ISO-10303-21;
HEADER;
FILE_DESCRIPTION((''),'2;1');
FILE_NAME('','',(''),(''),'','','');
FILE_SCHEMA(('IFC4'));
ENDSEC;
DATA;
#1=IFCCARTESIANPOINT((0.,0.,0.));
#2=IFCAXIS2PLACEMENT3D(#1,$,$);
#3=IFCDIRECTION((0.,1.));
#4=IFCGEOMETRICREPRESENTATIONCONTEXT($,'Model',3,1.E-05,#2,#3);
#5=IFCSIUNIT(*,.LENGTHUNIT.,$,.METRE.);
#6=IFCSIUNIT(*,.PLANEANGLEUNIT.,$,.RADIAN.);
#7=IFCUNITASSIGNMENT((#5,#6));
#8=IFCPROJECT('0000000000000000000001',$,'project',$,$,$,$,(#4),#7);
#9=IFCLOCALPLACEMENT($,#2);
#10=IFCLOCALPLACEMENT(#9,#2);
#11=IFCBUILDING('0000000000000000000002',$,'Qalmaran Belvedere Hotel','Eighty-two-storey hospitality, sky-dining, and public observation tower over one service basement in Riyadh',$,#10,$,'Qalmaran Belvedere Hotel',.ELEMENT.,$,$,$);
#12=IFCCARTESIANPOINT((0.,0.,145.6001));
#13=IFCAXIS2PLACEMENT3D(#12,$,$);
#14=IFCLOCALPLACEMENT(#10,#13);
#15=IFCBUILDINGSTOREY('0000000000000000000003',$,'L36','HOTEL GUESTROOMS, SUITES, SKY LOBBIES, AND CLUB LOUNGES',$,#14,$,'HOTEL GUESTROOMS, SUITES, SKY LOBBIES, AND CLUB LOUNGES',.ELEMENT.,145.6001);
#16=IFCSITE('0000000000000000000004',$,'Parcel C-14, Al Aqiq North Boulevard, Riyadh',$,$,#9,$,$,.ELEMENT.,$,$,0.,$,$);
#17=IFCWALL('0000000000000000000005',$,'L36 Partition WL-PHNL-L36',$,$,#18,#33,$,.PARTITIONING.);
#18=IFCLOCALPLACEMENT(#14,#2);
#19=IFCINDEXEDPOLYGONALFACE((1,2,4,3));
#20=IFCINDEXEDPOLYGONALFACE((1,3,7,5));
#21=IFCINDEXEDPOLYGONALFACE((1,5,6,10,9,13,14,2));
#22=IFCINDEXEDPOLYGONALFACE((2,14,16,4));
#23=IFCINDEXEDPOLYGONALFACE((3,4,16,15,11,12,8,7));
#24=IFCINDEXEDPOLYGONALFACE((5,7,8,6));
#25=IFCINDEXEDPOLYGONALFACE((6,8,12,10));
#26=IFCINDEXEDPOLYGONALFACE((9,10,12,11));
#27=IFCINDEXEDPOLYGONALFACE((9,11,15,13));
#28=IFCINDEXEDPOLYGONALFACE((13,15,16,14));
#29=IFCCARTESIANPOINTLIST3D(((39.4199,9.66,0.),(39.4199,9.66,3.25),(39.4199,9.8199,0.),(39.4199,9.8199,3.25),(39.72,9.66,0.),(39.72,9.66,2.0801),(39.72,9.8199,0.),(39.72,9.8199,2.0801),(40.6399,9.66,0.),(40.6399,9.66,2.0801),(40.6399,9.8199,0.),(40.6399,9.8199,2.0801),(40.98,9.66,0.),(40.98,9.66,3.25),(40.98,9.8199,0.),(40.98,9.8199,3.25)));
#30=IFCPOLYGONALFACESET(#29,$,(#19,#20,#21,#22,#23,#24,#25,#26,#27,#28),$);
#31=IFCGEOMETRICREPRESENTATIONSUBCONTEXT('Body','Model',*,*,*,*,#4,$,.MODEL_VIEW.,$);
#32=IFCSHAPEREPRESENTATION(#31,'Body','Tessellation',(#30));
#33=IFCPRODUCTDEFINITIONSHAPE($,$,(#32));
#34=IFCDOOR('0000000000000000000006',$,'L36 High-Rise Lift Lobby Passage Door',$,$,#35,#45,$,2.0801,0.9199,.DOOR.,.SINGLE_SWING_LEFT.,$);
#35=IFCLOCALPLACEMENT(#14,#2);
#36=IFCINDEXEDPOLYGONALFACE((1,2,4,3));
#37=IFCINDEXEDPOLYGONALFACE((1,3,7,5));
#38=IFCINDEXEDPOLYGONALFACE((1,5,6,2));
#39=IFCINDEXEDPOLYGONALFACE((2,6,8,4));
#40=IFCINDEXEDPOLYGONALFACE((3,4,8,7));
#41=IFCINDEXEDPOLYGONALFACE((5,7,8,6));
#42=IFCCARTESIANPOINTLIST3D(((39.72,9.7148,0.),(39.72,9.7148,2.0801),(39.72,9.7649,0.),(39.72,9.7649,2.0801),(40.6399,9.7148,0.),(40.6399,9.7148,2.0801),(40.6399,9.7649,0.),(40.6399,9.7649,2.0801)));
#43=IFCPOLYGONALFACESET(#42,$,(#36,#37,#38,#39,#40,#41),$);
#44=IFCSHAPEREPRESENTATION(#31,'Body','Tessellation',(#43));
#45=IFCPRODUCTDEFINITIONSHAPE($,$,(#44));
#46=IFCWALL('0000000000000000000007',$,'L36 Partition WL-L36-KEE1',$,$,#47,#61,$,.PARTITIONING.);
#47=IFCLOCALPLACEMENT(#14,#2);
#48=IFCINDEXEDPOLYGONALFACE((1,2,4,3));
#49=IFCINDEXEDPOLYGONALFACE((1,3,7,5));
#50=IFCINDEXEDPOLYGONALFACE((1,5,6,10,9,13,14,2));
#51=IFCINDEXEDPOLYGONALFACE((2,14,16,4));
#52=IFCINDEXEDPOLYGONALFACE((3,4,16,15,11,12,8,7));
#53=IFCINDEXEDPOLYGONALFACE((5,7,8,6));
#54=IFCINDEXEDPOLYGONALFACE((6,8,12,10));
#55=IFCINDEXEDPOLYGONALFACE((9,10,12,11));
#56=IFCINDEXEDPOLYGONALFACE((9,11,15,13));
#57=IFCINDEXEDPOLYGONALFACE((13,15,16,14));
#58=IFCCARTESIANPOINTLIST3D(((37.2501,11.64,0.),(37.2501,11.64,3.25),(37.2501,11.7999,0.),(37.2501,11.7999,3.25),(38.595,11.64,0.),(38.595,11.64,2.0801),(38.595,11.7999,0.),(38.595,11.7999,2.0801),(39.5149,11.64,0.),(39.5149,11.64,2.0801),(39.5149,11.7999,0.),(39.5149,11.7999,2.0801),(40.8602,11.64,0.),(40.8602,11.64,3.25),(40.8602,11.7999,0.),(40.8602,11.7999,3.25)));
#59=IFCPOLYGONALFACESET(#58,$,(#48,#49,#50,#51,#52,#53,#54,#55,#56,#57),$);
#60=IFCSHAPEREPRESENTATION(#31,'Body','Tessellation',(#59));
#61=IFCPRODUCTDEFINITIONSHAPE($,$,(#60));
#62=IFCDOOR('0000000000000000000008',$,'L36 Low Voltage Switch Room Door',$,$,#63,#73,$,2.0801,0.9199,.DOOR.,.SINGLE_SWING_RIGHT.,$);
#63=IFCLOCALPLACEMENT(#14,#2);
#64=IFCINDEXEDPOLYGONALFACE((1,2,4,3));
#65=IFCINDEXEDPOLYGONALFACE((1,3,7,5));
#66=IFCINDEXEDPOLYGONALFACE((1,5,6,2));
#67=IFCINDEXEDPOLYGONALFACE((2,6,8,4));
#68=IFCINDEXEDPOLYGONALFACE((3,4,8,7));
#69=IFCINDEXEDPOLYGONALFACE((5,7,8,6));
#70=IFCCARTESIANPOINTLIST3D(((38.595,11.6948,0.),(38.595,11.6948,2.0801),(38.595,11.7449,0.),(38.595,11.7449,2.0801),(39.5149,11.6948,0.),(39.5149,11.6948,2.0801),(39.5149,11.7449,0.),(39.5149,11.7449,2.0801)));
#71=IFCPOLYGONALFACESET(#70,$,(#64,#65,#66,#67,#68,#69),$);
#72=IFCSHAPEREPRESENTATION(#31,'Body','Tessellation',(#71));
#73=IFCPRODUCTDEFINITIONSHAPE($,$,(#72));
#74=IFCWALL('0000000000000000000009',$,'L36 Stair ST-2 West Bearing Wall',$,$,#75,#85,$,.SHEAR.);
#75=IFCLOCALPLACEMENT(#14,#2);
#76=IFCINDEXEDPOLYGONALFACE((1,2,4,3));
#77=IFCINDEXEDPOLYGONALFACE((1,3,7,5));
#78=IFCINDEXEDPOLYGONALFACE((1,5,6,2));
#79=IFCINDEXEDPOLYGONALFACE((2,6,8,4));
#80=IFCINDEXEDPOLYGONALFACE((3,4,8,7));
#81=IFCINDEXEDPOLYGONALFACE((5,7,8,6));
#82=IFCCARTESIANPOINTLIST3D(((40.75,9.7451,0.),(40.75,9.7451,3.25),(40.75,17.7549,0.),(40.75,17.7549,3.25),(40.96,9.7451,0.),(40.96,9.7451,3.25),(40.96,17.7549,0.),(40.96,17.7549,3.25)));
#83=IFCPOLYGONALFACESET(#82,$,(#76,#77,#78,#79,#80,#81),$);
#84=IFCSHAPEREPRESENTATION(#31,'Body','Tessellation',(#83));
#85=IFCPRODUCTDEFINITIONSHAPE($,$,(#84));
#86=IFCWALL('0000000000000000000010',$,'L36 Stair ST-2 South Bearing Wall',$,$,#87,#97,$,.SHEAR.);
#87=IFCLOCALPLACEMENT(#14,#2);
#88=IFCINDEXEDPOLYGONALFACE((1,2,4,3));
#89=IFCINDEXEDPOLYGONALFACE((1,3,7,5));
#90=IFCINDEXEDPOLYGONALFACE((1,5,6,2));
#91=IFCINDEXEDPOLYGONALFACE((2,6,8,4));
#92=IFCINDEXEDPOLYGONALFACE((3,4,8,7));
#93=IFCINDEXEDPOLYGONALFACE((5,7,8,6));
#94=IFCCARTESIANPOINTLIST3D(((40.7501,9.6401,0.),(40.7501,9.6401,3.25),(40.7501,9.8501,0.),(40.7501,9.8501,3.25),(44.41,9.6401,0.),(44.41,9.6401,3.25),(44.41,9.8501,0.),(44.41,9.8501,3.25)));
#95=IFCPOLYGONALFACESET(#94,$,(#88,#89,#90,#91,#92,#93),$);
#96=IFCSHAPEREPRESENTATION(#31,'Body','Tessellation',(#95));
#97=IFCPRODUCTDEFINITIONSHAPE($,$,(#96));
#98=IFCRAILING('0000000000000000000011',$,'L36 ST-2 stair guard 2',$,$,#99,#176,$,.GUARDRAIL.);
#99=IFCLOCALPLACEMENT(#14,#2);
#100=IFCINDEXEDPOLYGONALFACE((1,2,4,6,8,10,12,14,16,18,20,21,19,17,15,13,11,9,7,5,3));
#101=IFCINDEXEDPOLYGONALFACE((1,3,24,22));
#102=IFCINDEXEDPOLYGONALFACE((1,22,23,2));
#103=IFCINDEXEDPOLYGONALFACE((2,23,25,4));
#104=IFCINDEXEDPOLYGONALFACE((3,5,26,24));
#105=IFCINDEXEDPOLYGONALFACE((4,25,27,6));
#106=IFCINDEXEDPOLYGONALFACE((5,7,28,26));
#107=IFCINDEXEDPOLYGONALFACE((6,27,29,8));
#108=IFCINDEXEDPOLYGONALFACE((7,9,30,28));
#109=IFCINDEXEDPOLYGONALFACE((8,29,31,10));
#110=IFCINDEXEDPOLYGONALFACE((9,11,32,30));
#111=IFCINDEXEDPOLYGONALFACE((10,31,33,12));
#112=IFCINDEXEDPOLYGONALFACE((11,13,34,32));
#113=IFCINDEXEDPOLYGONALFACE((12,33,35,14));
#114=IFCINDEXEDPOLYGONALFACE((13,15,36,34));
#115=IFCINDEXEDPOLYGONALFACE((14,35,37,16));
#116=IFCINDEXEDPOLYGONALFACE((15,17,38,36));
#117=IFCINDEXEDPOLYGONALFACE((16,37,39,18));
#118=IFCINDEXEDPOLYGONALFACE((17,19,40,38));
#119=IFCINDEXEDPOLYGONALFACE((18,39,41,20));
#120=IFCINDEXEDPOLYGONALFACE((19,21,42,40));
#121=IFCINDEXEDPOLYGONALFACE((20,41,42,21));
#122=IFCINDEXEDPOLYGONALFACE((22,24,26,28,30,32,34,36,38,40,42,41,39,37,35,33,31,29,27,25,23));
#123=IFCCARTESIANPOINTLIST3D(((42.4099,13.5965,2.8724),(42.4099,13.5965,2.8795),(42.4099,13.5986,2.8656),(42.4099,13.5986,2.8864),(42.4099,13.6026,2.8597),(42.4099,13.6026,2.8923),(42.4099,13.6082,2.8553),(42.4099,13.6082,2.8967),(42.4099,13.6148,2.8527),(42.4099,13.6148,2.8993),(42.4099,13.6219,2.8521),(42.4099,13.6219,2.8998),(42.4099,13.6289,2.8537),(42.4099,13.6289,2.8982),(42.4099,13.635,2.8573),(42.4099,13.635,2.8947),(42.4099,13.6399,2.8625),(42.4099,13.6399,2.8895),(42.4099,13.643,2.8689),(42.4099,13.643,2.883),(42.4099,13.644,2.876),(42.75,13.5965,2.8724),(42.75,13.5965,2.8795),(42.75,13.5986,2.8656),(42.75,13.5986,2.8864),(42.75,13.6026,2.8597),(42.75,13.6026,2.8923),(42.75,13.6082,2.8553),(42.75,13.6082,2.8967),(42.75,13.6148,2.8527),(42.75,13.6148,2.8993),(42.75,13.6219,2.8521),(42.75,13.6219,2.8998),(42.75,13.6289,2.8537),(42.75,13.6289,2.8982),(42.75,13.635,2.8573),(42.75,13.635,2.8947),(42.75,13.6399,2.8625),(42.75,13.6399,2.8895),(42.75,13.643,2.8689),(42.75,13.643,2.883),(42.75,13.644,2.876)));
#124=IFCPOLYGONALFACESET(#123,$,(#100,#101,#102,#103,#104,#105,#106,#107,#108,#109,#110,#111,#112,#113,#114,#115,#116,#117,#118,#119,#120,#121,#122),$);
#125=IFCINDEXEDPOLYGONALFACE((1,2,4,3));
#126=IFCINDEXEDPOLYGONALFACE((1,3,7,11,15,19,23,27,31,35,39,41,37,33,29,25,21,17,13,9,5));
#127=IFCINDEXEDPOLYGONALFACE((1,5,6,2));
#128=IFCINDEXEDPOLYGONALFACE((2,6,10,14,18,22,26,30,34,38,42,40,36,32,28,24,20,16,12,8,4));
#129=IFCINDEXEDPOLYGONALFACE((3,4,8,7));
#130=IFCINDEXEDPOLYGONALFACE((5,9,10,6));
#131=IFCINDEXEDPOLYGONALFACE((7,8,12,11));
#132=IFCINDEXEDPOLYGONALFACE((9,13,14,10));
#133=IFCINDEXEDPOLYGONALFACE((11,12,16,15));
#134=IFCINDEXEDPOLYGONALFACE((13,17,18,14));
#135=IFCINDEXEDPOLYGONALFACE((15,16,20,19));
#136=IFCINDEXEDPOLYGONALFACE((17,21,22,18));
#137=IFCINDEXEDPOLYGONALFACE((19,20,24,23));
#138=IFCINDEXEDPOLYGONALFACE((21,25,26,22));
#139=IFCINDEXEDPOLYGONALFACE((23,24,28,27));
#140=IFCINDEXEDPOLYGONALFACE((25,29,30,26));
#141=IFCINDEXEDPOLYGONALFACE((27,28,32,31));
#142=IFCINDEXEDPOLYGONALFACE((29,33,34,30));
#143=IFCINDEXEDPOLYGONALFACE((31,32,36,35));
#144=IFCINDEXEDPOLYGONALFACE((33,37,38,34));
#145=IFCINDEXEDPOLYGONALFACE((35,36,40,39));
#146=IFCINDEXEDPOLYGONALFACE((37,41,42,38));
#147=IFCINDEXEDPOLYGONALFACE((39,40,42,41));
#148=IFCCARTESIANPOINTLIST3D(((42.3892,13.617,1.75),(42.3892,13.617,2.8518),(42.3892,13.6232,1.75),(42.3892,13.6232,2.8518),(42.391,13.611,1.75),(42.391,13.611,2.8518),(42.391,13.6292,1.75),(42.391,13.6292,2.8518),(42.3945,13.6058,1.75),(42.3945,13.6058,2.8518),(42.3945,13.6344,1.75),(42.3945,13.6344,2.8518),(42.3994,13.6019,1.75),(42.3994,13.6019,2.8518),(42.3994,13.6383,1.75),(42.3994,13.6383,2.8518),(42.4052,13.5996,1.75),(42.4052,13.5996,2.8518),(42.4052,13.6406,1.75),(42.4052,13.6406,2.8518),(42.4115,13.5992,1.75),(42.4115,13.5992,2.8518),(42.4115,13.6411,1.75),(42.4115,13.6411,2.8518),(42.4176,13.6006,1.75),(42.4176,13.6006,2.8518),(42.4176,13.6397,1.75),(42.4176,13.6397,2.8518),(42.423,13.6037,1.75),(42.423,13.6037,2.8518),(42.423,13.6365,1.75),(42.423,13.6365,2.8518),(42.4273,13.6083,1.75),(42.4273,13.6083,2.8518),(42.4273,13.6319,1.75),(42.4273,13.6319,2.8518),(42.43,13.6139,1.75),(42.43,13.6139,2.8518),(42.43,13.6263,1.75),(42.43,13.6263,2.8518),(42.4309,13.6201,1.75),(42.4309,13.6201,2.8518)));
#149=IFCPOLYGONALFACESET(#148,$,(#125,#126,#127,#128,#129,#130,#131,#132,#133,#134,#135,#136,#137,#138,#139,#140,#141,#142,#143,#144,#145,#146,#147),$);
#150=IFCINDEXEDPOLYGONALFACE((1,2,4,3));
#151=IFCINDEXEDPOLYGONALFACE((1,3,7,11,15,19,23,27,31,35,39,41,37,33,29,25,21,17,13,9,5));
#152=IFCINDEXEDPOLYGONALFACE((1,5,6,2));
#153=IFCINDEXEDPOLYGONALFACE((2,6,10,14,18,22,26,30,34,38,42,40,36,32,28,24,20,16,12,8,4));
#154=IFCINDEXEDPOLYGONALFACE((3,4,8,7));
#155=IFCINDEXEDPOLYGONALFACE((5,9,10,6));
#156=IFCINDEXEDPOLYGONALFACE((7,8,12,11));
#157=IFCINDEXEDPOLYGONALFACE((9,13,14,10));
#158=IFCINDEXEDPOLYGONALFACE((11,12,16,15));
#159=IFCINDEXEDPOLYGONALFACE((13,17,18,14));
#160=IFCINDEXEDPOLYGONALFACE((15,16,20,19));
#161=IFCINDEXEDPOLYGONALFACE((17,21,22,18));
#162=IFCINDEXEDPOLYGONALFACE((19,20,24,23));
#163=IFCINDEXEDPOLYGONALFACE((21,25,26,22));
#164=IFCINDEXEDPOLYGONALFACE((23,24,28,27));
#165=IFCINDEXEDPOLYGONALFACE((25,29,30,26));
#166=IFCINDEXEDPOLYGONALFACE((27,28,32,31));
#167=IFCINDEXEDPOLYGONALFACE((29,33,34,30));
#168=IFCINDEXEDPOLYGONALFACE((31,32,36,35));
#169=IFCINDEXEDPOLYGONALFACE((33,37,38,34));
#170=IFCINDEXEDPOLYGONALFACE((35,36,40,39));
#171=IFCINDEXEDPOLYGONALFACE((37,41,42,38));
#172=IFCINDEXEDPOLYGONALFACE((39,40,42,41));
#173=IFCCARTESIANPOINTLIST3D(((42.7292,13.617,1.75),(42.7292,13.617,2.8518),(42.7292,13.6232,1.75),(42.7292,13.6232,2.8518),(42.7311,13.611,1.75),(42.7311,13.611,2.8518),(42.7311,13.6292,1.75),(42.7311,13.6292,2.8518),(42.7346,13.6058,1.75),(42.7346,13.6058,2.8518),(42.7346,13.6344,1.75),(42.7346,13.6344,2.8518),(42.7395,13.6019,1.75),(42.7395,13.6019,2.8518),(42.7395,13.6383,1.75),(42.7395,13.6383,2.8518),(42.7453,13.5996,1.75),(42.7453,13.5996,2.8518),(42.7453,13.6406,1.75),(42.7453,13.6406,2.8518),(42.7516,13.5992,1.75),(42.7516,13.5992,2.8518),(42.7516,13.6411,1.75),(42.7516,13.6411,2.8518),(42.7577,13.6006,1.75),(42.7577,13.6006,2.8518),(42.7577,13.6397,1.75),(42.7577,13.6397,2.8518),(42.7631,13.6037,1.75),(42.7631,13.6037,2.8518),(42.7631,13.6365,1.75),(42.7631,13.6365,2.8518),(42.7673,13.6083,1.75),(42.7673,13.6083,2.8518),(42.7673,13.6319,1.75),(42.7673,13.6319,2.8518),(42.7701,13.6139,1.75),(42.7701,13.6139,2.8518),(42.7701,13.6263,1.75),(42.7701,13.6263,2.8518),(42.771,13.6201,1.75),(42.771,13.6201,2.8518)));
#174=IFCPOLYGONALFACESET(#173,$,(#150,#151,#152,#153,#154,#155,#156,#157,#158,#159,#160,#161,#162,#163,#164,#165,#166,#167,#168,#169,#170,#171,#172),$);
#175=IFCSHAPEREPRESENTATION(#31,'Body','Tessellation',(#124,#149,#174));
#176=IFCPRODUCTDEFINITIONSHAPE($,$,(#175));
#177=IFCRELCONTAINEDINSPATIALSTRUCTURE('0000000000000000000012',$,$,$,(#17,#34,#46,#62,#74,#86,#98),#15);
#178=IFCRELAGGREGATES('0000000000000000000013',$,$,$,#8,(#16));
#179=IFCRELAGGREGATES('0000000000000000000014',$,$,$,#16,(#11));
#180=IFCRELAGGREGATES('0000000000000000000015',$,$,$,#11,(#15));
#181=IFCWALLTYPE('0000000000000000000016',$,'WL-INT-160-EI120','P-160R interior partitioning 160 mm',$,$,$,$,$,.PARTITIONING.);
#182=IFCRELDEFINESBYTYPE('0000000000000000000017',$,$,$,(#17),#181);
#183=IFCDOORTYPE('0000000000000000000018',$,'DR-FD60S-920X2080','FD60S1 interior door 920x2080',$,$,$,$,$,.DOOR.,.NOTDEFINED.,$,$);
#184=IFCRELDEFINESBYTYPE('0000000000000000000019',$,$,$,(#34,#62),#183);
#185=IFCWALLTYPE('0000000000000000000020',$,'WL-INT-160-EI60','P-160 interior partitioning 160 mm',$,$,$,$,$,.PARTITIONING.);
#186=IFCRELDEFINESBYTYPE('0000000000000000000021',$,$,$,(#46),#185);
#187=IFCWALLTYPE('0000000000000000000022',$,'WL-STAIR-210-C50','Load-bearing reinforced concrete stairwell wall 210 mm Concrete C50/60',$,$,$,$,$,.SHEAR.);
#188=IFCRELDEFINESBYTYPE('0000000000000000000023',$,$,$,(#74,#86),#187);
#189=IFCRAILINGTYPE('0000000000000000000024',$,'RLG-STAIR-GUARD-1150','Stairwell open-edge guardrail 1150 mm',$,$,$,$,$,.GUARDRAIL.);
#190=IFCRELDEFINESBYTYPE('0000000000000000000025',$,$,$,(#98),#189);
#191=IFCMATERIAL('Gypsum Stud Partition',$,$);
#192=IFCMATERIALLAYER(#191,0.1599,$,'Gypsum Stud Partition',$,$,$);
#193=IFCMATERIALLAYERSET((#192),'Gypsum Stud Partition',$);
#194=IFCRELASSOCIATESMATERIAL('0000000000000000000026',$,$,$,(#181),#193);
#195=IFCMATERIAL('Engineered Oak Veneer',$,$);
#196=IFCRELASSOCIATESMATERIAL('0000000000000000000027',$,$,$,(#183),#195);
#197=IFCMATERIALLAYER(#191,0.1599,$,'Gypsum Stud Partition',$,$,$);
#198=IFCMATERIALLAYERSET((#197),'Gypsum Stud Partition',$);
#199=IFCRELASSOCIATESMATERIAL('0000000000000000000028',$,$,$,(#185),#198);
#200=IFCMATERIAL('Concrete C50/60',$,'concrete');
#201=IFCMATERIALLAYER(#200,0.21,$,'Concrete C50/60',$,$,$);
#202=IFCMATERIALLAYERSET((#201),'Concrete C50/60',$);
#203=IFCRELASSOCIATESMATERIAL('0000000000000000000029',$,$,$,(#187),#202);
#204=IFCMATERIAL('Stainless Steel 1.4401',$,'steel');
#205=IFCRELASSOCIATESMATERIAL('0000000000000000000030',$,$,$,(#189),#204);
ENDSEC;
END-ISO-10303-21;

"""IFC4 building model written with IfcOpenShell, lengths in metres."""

from ifc_helpers import new_model, si_unit, direction, frame, frame_2d, origin, origin_2d, place, context, subcontext, project, spatial, rectangle, circle, extrude, material, layer, layer_set, type_object, element, fill, save


model = new_model("IFC4")

# Units and contexts
model_context = context("Model", 3, precision=1e-05, world=origin(), true_north=direction((0.0, 1.0)))
body_context = subcontext(model_context, "Body", "Model", "MODEL_VIEW")
ifc_project = project(units=[si_unit("LENGTHUNIT", "METRE"), si_unit("PLANEANGLEUNIT", "RADIAN")], contexts=[model_context])

# Site, building, storey
site_placement = place(None, origin())
site = spatial("IfcSite", under=ifc_project, at=site_placement, Name="Parcel C-14, Al Aqiq North Boulevard, Riyadh", CompositionType="ELEMENT", RefElevation=0.0)
building_placement = place(site_placement, origin())
building = spatial("IfcBuilding", under=site, at=building_placement, Name="Qalmaran Belvedere Hotel", Description="Eighty-two-storey hospitality, sky-dining, and public observation tower over one service basement in Riyadh", LongName="Qalmaran Belvedere Hotel", CompositionType="ELEMENT")
storey_placement = place(building_placement, frame((0.0, 0.0, 145.6001)))
storey = spatial("IfcBuildingStorey", under=building, at=storey_placement, Name="L36", Description="HOTEL GUESTROOMS, SUITES, SKY LOBBIES, AND CLUB LOUNGES", LongName="HOTEL GUESTROOMS, SUITES, SKY LOBBIES, AND CLUB LOUNGES", CompositionType="ELEMENT", Elevation=145.6001)

# Shared definitions
ifc_material_1 = material(Name="Gypsum Stud Partition")

# Shared definitions
ifc_layer_1 = layer(ifc_material_1, 0.1599, Name="Gypsum Stud Partition")
ifc_layer_set_1 = layer_set([ifc_layer_1], Name="Gypsum Stud Partition")
wall_type_1 = type_object("IfcWallType", Name="WL-INT-160-EI120", Description="P-160R interior partitioning 160 mm", PredefinedType="PARTITIONING", material=ifc_layer_set_1)
ifc_material_2 = material(Name="Stainless Steel 1.4401", Category="steel")

# Walls, openings, doors
wall_1_placement = place(storey_placement, frame((39.4199, 9.74, 0.0), z_axis=(0.0, 0.0, 1.0), x_axis=(1.0, 0.0, 0.0)))
wall_1 = element("IfcWall", 1, at=wall_1_placement, inside=storey, type_object=wall_type_1, Name="L36 Partition WL-PHNL-L36", PredefinedType="PARTITIONING", context=body_context, shape_type="SweptSolid", body=[
    extrude(rectangle(XDim=1.5601, YDim=0.1599, at=frame_2d((0.78, 0.0))), origin(), (0.0, 0.0, 1.0), 3.25),
])
opening_1_placement = place(wall_1_placement, frame((0.3, 0.0, 0.0)))
opening_1 = element("IfcOpeningElement", 2, at=opening_1_placement, cuts=wall_1, PredefinedType="OPENING", context=body_context, shape_type="SweptSolid", body=[
    extrude(rectangle(XDim=0.9199, YDim=2.0801, at=frame_2d((0.46, 1.04))), frame((0.0, 0.0898, 0.0), z_axis=(0.0, -1.0, 0.0), x_axis=(1.0, 0.0, 0.0)), (0.0, 0.0, 1.0), 0.1799),
])
ifc_material_3 = material(Name="Engineered Oak Veneer")
door_type_1 = type_object("IfcDoorType", Name="DR-FD60S-920X2080", Description="FD60S1 interior door 920x2080", OperationType="NOTDEFINED", PredefinedType="DOOR", material=ifc_material_3)
door_1_placement = place(opening_1_placement, origin())
door_1 = element("IfcDoor", 3, at=door_1_placement, inside=storey, type_object=door_type_1, Name="L36 High-Rise Lift Lobby Passage Door", OperationType="SINGLE_SWING_LEFT", OverallHeight=2.0801, OverallWidth=0.9199, PredefinedType="DOOR", context=body_context, shape_type="SweptSolid", body=[
    extrude(rectangle(XDim=0.9199, YDim=2.0801, at=frame_2d((0.46, 1.04))), frame((0.0, 0.0249, 0.0), z_axis=(0.0, -1.0, 0.0), x_axis=(1.0, 0.0, 0.0)), (0.0, 0.0, 1.0), 0.05),
])
fill(opening_1, door_1)
ifc_layer_2 = layer(ifc_material_1, 0.1599, Name="Gypsum Stud Partition")
ifc_layer_set_2 = layer_set([ifc_layer_2], Name="Gypsum Stud Partition")
wall_type_2 = type_object("IfcWallType", Name="WL-INT-160-EI60", Description="P-160 interior partitioning 160 mm", PredefinedType="PARTITIONING", material=ifc_layer_set_2)
wall_2_placement = place(storey_placement, frame((37.25, 11.72, 0.0), z_axis=(0.0, 0.0, 1.0), x_axis=(1.0, 0.0, 0.0)))
wall_2 = element("IfcWall", 4, at=wall_2_placement, inside=storey, type_object=wall_type_2, Name="L36 Partition WL-L36-KEE1", PredefinedType="PARTITIONING", context=body_context, shape_type="SweptSolid", body=[
    extrude(rectangle(XDim=3.6101, YDim=0.1599, at=frame_2d((1.8052, 0.0))), origin(), (0.0, 0.0, 1.0), 3.25),
])
opening_2_placement = place(wall_2_placement, frame((1.345, 0.0, 0.0)))
opening_2 = element("IfcOpeningElement", 5, at=opening_2_placement, cuts=wall_2, PredefinedType="OPENING", context=body_context, shape_type="SweptSolid", body=[
    extrude(rectangle(XDim=0.9199, YDim=2.0801, at=frame_2d((0.46, 1.04))), frame((0.0, 0.0898, 0.0), z_axis=(0.0, -1.0, 0.0), x_axis=(1.0, 0.0, 0.0)), (0.0, 0.0, 1.0), 0.1799),
])
door_2_placement = place(opening_2_placement, origin())
door_2 = element("IfcDoor", 6, at=door_2_placement, inside=storey, type_object=door_type_1, Name="L36 Low Voltage Switch Room Door", OperationType="SINGLE_SWING_RIGHT", OverallHeight=2.0801, OverallWidth=0.9199, PredefinedType="DOOR", context=body_context, shape_type="SweptSolid", body=[
    extrude(rectangle(XDim=0.9199, YDim=2.0801, at=frame_2d((0.46, 1.04))), frame((0.0, 0.0249, 0.0), z_axis=(0.0, -1.0, 0.0), x_axis=(1.0, 0.0, 0.0)), (0.0, 0.0, 1.0), 0.05),
])
fill(opening_2, door_2)

# Walls
ifc_material_4 = material(Name="Concrete C50/60", Category="concrete")
ifc_layer_3 = layer(ifc_material_4, 0.21, Name="Concrete C50/60")
ifc_layer_set_3 = layer_set([ifc_layer_3], Name="Concrete C50/60")
wall_type_3 = type_object("IfcWallType", Name="WL-STAIR-210-C50", Description="Load-bearing reinforced concrete stairwell wall 210 mm Concrete C50/60", PredefinedType="SHEAR", material=ifc_layer_set_3)
wall_3_placement = place(storey_placement, frame((40.855, 9.7451, 0.0), z_axis=(0.0, 0.0, 1.0), x_axis=(0.0, 1.0, 0.0)))
element("IfcWall", 7, at=wall_3_placement, inside=storey, type_object=wall_type_3, Name="L36 Stair ST-2 West Bearing Wall", PredefinedType="SHEAR", context=body_context, shape_type="SweptSolid", body=[
    extrude(rectangle(XDim=8.0098, YDim=0.21, at=frame_2d((4.0049, 0.0))), origin(), (0.0, 0.0, 1.0), 3.25),
])
wall_4_placement = place(storey_placement, frame((40.75, 9.7451, 0.0), z_axis=(0.0, 0.0, 1.0), x_axis=(1.0, 0.0, 0.0)))
element("IfcWall", 8, at=wall_4_placement, inside=storey, type_object=wall_type_3, Name="L36 Stair ST-2 South Bearing Wall", PredefinedType="SHEAR", context=body_context, shape_type="SweptSolid", body=[
    extrude(rectangle(XDim=3.6599, YDim=0.21, at=frame_2d((1.8301, 0.0))), origin(), (0.0, 0.0, 1.0), 3.25),
])

# Railing
railing_type = type_object("IfcRailingType", Name="RLG-STAIR-GUARD-1150", Description="Stairwell open-edge guardrail 1150 mm", PredefinedType="GUARDRAIL", material=ifc_material_2)
railing_placement = place(storey_placement, frame((42.4099, 13.6201, 1.75)))
element("IfcRailing", 9, at=railing_placement, inside=storey, type_object=railing_type, Name="L36 ST-2 stair guard 2", PredefinedType="GUARDRAIL", context=body_context, shape_type="SweptSolid", body=[
    extrude(circle(Radius=0.0239, at=origin_2d()), frame((0.0, 0.0, 1.126), z_axis=(1.0, 0.0, 0.0), x_axis=(0.0, 1.0, 0.0)), (0.0, 0.0, 1.0), 0.3401),
    extrude(circle(Radius=0.021, at=origin_2d()), origin(), (0.0, 0.0, 1.0), 1.1018),
    extrude(circle(Radius=0.021, at=origin_2d()), frame((0.3401, 0.0, 0.0)), (0.0, 0.0, 1.0), 1.1018),
])

save(model, "model.ifc")
